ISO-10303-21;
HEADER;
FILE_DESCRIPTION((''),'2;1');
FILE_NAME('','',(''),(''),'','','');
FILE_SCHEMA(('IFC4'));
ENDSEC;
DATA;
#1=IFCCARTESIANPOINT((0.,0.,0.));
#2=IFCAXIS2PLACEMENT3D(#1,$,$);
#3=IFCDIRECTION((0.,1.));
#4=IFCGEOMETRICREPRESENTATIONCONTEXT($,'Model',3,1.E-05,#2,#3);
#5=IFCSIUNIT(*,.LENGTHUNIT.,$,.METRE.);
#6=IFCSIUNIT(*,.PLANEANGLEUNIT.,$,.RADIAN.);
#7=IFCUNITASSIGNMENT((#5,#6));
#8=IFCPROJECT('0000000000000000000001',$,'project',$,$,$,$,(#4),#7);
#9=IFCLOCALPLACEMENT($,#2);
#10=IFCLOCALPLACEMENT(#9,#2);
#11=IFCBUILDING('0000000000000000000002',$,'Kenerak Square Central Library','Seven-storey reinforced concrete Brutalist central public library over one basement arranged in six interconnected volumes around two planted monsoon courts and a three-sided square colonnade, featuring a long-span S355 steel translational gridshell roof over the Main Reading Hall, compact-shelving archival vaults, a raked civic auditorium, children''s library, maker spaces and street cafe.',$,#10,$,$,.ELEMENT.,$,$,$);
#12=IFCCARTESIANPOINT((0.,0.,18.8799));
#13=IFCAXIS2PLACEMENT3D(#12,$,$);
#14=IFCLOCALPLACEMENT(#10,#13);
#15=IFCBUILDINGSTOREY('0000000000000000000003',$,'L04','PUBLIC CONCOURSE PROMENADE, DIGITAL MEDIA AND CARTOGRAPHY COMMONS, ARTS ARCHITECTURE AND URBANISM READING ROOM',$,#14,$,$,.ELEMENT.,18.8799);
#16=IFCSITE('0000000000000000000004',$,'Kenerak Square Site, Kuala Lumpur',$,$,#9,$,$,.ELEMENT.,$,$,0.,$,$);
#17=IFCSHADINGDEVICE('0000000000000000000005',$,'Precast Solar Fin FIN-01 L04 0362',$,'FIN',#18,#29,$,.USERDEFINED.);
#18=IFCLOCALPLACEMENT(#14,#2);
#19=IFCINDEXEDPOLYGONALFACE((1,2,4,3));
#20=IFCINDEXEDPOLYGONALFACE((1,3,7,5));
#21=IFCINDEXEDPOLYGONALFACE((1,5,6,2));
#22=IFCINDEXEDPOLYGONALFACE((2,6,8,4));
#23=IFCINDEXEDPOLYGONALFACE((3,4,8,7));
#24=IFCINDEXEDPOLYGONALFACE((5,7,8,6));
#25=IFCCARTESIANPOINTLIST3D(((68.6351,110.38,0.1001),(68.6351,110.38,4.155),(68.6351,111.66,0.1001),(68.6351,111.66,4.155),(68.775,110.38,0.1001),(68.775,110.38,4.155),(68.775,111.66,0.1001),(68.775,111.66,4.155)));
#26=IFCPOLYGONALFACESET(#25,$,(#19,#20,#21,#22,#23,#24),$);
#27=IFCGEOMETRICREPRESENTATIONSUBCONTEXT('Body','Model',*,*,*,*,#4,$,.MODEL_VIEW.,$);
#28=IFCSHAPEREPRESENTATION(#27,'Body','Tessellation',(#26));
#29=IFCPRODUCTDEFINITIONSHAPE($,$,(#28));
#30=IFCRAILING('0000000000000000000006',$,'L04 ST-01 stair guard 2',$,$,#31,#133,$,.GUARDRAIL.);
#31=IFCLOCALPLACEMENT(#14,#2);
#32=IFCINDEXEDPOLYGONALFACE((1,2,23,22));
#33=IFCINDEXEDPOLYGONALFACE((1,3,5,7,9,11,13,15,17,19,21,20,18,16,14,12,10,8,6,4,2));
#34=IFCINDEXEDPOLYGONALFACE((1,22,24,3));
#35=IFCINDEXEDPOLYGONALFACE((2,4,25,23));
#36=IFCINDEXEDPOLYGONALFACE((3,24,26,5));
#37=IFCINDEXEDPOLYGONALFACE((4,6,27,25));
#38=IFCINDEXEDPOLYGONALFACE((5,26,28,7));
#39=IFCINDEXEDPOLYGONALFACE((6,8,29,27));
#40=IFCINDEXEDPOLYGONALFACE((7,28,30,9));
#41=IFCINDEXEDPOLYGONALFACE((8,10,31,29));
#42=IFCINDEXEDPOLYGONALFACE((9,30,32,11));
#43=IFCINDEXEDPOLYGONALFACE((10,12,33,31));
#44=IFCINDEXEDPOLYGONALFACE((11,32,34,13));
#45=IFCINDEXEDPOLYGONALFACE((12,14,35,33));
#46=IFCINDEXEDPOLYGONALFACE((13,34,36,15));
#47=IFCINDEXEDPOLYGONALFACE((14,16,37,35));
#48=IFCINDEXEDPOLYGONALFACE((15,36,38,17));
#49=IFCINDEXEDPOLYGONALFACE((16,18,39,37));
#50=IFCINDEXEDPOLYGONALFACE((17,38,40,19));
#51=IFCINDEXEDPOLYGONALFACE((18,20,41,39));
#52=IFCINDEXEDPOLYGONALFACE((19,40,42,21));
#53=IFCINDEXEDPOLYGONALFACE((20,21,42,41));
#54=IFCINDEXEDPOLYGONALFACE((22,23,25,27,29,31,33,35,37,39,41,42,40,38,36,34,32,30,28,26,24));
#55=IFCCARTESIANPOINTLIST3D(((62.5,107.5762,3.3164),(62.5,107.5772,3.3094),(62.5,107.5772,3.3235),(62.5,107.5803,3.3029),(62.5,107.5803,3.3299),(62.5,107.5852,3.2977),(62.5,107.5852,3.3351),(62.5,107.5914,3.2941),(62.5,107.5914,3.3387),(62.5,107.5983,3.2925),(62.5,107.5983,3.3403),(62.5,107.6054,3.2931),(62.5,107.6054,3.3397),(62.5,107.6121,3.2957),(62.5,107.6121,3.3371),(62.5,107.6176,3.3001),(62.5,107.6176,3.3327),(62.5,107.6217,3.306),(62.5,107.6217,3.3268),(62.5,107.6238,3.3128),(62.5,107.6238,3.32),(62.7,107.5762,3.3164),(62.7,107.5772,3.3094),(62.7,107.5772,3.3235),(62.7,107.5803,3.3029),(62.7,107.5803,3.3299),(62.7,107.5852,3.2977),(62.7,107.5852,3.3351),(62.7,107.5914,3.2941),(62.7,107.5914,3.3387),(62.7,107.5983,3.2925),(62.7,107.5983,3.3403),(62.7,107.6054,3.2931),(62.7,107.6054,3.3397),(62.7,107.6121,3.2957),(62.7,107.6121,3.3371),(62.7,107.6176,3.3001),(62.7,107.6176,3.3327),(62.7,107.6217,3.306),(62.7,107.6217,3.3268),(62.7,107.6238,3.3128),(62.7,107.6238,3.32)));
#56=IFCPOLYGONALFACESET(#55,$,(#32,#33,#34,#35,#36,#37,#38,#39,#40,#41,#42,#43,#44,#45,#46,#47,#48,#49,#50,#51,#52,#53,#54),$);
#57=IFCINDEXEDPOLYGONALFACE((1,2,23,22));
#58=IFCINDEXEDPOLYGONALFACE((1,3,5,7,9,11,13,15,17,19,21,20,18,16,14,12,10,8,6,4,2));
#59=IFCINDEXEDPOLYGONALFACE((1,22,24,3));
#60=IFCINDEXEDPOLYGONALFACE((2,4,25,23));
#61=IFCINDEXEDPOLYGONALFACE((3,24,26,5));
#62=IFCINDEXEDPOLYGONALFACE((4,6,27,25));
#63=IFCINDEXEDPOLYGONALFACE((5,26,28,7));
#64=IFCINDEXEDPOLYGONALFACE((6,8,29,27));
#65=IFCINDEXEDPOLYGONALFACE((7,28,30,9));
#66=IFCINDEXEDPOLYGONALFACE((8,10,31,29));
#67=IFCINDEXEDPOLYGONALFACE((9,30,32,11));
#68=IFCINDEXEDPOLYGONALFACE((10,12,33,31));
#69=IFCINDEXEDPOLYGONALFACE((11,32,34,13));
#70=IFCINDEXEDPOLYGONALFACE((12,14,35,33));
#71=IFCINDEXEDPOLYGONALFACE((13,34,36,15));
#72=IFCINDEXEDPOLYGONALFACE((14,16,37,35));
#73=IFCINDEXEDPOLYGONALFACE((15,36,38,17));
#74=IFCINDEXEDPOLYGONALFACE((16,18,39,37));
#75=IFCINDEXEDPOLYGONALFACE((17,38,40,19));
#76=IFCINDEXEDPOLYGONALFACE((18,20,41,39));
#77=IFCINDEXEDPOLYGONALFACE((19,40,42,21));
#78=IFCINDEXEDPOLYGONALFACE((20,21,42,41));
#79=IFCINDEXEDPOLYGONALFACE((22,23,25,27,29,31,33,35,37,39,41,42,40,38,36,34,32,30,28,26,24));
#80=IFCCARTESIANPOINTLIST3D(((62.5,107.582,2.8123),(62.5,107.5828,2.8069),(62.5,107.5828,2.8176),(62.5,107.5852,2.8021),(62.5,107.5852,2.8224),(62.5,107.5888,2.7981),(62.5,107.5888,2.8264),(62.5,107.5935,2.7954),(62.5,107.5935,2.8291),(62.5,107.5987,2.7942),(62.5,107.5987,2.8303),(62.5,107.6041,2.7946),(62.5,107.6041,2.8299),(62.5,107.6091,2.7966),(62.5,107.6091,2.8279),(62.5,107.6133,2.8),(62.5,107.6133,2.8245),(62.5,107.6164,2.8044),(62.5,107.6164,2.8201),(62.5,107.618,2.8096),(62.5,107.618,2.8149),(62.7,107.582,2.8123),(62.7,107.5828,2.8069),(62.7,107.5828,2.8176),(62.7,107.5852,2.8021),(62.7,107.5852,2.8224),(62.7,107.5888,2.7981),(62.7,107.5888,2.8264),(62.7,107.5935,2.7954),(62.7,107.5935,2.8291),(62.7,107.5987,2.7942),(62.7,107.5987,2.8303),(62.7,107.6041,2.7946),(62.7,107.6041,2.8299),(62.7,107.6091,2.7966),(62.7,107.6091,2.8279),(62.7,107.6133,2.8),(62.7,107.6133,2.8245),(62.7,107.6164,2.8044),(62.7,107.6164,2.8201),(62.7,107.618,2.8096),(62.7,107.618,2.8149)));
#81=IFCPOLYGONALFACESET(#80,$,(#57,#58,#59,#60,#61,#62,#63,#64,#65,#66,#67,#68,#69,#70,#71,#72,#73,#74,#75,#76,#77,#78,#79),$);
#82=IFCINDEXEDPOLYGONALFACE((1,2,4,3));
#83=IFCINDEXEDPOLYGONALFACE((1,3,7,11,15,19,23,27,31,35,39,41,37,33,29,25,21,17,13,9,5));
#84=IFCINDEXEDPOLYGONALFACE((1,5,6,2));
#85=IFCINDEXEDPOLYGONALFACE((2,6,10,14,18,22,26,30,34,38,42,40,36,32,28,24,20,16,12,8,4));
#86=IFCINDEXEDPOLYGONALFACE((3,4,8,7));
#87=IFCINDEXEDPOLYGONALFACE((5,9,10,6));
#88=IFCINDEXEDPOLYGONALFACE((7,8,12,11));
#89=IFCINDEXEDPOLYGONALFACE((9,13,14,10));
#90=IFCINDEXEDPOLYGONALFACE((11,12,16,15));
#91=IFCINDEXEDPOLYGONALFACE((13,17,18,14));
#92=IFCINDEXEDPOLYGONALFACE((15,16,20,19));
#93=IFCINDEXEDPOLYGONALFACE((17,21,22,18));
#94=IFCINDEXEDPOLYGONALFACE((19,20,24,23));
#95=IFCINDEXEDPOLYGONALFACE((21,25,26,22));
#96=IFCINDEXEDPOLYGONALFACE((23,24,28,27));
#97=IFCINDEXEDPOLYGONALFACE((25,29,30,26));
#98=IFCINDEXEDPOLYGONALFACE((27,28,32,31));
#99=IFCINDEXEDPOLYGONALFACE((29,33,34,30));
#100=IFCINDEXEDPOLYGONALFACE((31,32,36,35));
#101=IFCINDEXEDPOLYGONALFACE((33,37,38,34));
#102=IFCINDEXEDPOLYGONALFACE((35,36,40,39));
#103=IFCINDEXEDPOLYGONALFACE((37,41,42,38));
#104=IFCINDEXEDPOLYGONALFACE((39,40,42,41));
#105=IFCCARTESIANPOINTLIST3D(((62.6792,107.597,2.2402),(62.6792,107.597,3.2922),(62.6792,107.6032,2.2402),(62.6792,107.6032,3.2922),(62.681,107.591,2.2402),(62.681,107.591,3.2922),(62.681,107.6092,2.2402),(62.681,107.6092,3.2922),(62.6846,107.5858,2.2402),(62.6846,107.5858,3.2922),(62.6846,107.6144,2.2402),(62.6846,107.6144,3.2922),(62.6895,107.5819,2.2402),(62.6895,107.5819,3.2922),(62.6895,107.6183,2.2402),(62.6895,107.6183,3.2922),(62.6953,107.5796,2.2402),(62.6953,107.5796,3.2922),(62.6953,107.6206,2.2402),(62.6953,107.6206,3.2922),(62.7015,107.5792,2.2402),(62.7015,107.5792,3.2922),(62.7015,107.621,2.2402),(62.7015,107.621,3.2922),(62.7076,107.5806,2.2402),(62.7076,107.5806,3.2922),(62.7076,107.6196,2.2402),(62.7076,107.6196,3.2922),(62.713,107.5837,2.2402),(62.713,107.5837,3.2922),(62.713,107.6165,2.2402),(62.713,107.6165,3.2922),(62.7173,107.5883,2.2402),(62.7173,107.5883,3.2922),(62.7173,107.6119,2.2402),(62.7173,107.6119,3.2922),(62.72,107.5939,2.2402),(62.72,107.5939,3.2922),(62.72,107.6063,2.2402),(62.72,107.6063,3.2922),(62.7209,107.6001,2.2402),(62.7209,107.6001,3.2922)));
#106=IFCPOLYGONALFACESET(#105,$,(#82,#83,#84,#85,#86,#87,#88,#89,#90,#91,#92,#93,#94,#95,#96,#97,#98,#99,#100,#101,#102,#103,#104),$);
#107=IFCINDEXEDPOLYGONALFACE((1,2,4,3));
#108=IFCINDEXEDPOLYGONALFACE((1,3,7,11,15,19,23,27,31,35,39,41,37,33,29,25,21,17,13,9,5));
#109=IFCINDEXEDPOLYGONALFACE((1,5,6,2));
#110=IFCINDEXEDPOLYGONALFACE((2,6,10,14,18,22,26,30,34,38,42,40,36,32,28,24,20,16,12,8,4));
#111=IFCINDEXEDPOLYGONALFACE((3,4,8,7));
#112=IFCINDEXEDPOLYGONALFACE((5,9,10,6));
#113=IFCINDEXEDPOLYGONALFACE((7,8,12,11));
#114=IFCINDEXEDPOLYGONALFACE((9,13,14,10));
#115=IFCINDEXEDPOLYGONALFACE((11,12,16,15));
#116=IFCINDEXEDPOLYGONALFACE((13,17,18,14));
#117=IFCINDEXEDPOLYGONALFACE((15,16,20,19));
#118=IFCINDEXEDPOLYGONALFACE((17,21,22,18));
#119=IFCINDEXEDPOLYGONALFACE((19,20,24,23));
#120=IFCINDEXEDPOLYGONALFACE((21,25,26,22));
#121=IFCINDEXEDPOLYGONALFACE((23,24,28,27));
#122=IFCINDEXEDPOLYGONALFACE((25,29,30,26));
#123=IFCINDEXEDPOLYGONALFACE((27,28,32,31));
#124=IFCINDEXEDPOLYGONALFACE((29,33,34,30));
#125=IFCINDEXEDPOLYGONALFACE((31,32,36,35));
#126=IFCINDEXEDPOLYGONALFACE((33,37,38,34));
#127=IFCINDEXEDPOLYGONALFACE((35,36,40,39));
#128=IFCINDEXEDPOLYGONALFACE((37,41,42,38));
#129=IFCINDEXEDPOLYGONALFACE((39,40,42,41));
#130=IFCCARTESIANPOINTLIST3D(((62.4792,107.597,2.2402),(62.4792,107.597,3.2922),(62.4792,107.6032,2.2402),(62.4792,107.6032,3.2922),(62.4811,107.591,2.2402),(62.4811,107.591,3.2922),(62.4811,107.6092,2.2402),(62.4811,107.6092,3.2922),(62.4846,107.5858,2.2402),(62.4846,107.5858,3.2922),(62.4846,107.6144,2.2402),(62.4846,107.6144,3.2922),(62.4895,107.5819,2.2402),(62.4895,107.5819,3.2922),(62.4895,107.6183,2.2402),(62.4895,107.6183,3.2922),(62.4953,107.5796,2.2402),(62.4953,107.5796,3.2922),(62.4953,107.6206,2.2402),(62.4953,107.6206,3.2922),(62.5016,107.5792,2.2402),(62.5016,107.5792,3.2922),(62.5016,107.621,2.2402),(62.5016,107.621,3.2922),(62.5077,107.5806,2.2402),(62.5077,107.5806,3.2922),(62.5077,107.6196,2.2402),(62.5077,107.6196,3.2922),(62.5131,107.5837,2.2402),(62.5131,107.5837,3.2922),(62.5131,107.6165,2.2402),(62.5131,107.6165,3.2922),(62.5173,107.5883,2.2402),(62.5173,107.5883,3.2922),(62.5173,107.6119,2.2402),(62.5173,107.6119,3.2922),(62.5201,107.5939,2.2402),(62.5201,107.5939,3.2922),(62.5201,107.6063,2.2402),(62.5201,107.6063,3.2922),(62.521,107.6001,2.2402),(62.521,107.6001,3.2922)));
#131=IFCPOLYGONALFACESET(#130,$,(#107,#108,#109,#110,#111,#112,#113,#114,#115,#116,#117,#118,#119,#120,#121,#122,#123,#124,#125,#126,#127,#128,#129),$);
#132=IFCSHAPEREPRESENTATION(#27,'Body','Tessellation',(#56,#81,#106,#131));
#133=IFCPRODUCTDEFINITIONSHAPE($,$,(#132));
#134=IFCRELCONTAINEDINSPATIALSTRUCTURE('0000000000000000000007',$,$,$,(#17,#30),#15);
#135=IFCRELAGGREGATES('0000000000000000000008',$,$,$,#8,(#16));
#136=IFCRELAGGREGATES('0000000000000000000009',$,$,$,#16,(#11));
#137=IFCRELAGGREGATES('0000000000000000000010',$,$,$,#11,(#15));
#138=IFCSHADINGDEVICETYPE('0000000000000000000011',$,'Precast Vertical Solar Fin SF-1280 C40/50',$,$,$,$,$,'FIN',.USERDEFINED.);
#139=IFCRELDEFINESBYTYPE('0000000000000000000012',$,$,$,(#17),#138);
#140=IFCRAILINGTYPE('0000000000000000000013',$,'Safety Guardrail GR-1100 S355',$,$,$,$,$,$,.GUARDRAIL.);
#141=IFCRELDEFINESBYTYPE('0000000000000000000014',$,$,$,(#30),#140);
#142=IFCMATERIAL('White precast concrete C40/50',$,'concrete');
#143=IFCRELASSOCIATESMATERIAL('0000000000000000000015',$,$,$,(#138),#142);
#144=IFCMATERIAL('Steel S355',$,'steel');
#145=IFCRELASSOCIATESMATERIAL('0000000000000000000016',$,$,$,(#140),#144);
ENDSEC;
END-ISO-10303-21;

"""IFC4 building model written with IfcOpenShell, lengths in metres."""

from ifc_helpers import new_model, si_unit, direction, frame, origin, origin_2d, place, context, subcontext, project, spatial, rectangle, circle, extrude, material, type_object, element, save


model = new_model("IFC4")

# Units and contexts
model_context = context("Model", 3, precision=1e-05, world=origin(), true_north=direction((0.0, 1.0)))
body_context = subcontext(model_context, "Body", "Model", "MODEL_VIEW")
ifc_project = project(units=[si_unit("LENGTHUNIT", "METRE"), si_unit("PLANEANGLEUNIT", "RADIAN")], contexts=[model_context])

# Site, building, storey
site_placement = place(None, origin())
site = spatial("IfcSite", under=ifc_project, at=site_placement, Name="Kenerak Square Site, Kuala Lumpur", CompositionType="ELEMENT", RefElevation=0.0)
building_placement = place(site_placement, origin())
building = spatial("IfcBuilding", under=site, at=building_placement, Name="Kenerak Square Central Library", Description="Seven-storey reinforced concrete Brutalist central public library over one basement arranged in six interconnected volumes around two planted monsoon courts and a three-sided square colonnade, featuring a long-span S355 steel translational gridshell roof over the Main Reading Hall, compact-shelving archival vaults, a raked civic auditorium, children's library, maker spaces and street cafe.", CompositionType="ELEMENT")
storey_placement = place(building_placement, frame((0.0, 0.0, 18.8799)))
storey = spatial("IfcBuildingStorey", under=building, at=storey_placement, Name="L04", Description="PUBLIC CONCOURSE PROMENADE, DIGITAL MEDIA AND CARTOGRAPHY COMMONS, ARTS ARCHITECTURE AND URBANISM READING ROOM", CompositionType="ELEMENT", Elevation=18.8799)

# Shading device
ifc_material_1 = material(Name="White precast concrete C40/50", Category="concrete")
shading_device_type = type_object("IfcShadingDeviceType", Name="Precast Vertical Solar Fin SF-1280 C40/50", ElementType="FIN", PredefinedType="USERDEFINED", material=ifc_material_1)
shading_device_placement = place(storey_placement, frame((68.7051, 111.02, 0.1001), z_axis=(0.0, 0.0, 1.0), x_axis=(1.0, 0.0, 0.0)))
element("IfcShadingDevice", 1, at=shading_device_placement, inside=storey, type_object=shading_device_type, Name="Precast Solar Fin FIN-01 L04 0362", ObjectType="FIN", PredefinedType="USERDEFINED", context=body_context, shape_type="SweptSolid", body=[
    extrude(rectangle(XDim=0.1399, YDim=1.28, at=origin_2d()), origin(), (0.0, 0.0, 1.0), 4.0549),
])

# Railing
ifc_material_2 = material(Name="Steel S355", Category="steel")
railing_type_1 = type_object("IfcRailingType", Name="Safety Guardrail GR-1100 S355", PredefinedType="GUARDRAIL", material=ifc_material_2)
railing_1_placement = place(storey_placement, frame((62.7, 107.6001, 2.2402)))
element("IfcRailing", 2, at=railing_1_placement, inside=storey, type_object=railing_type_1, Name="L04 ST-01 stair guard 2", PredefinedType="GUARDRAIL", context=body_context, shape_type="SweptSolid", body=[
    extrude(circle(Radius=0.0239, at=origin_2d()), frame((0.0, 0.0, 1.0762), z_axis=(-1.0, 0.0, 0.0), x_axis=(0.0, -1.0, 0.0)), (0.0, 0.0, 1.0), 0.2),
    extrude(circle(Radius=0.0181, at=origin_2d()), frame((0.0, 0.0, 0.572), z_axis=(-1.0, 0.0, 0.0), x_axis=(0.0, -1.0, 0.0)), (0.0, 0.0, 1.0), 0.2),
    extrude(circle(Radius=0.021, at=origin_2d()), origin(), (0.0, 0.0, 1.0), 1.052),
    extrude(circle(Radius=0.021, at=origin_2d()), frame((-0.2, 0.0, 0.0)), (0.0, 0.0, 1.0), 1.052),
])

save(model, "model.ifc")
